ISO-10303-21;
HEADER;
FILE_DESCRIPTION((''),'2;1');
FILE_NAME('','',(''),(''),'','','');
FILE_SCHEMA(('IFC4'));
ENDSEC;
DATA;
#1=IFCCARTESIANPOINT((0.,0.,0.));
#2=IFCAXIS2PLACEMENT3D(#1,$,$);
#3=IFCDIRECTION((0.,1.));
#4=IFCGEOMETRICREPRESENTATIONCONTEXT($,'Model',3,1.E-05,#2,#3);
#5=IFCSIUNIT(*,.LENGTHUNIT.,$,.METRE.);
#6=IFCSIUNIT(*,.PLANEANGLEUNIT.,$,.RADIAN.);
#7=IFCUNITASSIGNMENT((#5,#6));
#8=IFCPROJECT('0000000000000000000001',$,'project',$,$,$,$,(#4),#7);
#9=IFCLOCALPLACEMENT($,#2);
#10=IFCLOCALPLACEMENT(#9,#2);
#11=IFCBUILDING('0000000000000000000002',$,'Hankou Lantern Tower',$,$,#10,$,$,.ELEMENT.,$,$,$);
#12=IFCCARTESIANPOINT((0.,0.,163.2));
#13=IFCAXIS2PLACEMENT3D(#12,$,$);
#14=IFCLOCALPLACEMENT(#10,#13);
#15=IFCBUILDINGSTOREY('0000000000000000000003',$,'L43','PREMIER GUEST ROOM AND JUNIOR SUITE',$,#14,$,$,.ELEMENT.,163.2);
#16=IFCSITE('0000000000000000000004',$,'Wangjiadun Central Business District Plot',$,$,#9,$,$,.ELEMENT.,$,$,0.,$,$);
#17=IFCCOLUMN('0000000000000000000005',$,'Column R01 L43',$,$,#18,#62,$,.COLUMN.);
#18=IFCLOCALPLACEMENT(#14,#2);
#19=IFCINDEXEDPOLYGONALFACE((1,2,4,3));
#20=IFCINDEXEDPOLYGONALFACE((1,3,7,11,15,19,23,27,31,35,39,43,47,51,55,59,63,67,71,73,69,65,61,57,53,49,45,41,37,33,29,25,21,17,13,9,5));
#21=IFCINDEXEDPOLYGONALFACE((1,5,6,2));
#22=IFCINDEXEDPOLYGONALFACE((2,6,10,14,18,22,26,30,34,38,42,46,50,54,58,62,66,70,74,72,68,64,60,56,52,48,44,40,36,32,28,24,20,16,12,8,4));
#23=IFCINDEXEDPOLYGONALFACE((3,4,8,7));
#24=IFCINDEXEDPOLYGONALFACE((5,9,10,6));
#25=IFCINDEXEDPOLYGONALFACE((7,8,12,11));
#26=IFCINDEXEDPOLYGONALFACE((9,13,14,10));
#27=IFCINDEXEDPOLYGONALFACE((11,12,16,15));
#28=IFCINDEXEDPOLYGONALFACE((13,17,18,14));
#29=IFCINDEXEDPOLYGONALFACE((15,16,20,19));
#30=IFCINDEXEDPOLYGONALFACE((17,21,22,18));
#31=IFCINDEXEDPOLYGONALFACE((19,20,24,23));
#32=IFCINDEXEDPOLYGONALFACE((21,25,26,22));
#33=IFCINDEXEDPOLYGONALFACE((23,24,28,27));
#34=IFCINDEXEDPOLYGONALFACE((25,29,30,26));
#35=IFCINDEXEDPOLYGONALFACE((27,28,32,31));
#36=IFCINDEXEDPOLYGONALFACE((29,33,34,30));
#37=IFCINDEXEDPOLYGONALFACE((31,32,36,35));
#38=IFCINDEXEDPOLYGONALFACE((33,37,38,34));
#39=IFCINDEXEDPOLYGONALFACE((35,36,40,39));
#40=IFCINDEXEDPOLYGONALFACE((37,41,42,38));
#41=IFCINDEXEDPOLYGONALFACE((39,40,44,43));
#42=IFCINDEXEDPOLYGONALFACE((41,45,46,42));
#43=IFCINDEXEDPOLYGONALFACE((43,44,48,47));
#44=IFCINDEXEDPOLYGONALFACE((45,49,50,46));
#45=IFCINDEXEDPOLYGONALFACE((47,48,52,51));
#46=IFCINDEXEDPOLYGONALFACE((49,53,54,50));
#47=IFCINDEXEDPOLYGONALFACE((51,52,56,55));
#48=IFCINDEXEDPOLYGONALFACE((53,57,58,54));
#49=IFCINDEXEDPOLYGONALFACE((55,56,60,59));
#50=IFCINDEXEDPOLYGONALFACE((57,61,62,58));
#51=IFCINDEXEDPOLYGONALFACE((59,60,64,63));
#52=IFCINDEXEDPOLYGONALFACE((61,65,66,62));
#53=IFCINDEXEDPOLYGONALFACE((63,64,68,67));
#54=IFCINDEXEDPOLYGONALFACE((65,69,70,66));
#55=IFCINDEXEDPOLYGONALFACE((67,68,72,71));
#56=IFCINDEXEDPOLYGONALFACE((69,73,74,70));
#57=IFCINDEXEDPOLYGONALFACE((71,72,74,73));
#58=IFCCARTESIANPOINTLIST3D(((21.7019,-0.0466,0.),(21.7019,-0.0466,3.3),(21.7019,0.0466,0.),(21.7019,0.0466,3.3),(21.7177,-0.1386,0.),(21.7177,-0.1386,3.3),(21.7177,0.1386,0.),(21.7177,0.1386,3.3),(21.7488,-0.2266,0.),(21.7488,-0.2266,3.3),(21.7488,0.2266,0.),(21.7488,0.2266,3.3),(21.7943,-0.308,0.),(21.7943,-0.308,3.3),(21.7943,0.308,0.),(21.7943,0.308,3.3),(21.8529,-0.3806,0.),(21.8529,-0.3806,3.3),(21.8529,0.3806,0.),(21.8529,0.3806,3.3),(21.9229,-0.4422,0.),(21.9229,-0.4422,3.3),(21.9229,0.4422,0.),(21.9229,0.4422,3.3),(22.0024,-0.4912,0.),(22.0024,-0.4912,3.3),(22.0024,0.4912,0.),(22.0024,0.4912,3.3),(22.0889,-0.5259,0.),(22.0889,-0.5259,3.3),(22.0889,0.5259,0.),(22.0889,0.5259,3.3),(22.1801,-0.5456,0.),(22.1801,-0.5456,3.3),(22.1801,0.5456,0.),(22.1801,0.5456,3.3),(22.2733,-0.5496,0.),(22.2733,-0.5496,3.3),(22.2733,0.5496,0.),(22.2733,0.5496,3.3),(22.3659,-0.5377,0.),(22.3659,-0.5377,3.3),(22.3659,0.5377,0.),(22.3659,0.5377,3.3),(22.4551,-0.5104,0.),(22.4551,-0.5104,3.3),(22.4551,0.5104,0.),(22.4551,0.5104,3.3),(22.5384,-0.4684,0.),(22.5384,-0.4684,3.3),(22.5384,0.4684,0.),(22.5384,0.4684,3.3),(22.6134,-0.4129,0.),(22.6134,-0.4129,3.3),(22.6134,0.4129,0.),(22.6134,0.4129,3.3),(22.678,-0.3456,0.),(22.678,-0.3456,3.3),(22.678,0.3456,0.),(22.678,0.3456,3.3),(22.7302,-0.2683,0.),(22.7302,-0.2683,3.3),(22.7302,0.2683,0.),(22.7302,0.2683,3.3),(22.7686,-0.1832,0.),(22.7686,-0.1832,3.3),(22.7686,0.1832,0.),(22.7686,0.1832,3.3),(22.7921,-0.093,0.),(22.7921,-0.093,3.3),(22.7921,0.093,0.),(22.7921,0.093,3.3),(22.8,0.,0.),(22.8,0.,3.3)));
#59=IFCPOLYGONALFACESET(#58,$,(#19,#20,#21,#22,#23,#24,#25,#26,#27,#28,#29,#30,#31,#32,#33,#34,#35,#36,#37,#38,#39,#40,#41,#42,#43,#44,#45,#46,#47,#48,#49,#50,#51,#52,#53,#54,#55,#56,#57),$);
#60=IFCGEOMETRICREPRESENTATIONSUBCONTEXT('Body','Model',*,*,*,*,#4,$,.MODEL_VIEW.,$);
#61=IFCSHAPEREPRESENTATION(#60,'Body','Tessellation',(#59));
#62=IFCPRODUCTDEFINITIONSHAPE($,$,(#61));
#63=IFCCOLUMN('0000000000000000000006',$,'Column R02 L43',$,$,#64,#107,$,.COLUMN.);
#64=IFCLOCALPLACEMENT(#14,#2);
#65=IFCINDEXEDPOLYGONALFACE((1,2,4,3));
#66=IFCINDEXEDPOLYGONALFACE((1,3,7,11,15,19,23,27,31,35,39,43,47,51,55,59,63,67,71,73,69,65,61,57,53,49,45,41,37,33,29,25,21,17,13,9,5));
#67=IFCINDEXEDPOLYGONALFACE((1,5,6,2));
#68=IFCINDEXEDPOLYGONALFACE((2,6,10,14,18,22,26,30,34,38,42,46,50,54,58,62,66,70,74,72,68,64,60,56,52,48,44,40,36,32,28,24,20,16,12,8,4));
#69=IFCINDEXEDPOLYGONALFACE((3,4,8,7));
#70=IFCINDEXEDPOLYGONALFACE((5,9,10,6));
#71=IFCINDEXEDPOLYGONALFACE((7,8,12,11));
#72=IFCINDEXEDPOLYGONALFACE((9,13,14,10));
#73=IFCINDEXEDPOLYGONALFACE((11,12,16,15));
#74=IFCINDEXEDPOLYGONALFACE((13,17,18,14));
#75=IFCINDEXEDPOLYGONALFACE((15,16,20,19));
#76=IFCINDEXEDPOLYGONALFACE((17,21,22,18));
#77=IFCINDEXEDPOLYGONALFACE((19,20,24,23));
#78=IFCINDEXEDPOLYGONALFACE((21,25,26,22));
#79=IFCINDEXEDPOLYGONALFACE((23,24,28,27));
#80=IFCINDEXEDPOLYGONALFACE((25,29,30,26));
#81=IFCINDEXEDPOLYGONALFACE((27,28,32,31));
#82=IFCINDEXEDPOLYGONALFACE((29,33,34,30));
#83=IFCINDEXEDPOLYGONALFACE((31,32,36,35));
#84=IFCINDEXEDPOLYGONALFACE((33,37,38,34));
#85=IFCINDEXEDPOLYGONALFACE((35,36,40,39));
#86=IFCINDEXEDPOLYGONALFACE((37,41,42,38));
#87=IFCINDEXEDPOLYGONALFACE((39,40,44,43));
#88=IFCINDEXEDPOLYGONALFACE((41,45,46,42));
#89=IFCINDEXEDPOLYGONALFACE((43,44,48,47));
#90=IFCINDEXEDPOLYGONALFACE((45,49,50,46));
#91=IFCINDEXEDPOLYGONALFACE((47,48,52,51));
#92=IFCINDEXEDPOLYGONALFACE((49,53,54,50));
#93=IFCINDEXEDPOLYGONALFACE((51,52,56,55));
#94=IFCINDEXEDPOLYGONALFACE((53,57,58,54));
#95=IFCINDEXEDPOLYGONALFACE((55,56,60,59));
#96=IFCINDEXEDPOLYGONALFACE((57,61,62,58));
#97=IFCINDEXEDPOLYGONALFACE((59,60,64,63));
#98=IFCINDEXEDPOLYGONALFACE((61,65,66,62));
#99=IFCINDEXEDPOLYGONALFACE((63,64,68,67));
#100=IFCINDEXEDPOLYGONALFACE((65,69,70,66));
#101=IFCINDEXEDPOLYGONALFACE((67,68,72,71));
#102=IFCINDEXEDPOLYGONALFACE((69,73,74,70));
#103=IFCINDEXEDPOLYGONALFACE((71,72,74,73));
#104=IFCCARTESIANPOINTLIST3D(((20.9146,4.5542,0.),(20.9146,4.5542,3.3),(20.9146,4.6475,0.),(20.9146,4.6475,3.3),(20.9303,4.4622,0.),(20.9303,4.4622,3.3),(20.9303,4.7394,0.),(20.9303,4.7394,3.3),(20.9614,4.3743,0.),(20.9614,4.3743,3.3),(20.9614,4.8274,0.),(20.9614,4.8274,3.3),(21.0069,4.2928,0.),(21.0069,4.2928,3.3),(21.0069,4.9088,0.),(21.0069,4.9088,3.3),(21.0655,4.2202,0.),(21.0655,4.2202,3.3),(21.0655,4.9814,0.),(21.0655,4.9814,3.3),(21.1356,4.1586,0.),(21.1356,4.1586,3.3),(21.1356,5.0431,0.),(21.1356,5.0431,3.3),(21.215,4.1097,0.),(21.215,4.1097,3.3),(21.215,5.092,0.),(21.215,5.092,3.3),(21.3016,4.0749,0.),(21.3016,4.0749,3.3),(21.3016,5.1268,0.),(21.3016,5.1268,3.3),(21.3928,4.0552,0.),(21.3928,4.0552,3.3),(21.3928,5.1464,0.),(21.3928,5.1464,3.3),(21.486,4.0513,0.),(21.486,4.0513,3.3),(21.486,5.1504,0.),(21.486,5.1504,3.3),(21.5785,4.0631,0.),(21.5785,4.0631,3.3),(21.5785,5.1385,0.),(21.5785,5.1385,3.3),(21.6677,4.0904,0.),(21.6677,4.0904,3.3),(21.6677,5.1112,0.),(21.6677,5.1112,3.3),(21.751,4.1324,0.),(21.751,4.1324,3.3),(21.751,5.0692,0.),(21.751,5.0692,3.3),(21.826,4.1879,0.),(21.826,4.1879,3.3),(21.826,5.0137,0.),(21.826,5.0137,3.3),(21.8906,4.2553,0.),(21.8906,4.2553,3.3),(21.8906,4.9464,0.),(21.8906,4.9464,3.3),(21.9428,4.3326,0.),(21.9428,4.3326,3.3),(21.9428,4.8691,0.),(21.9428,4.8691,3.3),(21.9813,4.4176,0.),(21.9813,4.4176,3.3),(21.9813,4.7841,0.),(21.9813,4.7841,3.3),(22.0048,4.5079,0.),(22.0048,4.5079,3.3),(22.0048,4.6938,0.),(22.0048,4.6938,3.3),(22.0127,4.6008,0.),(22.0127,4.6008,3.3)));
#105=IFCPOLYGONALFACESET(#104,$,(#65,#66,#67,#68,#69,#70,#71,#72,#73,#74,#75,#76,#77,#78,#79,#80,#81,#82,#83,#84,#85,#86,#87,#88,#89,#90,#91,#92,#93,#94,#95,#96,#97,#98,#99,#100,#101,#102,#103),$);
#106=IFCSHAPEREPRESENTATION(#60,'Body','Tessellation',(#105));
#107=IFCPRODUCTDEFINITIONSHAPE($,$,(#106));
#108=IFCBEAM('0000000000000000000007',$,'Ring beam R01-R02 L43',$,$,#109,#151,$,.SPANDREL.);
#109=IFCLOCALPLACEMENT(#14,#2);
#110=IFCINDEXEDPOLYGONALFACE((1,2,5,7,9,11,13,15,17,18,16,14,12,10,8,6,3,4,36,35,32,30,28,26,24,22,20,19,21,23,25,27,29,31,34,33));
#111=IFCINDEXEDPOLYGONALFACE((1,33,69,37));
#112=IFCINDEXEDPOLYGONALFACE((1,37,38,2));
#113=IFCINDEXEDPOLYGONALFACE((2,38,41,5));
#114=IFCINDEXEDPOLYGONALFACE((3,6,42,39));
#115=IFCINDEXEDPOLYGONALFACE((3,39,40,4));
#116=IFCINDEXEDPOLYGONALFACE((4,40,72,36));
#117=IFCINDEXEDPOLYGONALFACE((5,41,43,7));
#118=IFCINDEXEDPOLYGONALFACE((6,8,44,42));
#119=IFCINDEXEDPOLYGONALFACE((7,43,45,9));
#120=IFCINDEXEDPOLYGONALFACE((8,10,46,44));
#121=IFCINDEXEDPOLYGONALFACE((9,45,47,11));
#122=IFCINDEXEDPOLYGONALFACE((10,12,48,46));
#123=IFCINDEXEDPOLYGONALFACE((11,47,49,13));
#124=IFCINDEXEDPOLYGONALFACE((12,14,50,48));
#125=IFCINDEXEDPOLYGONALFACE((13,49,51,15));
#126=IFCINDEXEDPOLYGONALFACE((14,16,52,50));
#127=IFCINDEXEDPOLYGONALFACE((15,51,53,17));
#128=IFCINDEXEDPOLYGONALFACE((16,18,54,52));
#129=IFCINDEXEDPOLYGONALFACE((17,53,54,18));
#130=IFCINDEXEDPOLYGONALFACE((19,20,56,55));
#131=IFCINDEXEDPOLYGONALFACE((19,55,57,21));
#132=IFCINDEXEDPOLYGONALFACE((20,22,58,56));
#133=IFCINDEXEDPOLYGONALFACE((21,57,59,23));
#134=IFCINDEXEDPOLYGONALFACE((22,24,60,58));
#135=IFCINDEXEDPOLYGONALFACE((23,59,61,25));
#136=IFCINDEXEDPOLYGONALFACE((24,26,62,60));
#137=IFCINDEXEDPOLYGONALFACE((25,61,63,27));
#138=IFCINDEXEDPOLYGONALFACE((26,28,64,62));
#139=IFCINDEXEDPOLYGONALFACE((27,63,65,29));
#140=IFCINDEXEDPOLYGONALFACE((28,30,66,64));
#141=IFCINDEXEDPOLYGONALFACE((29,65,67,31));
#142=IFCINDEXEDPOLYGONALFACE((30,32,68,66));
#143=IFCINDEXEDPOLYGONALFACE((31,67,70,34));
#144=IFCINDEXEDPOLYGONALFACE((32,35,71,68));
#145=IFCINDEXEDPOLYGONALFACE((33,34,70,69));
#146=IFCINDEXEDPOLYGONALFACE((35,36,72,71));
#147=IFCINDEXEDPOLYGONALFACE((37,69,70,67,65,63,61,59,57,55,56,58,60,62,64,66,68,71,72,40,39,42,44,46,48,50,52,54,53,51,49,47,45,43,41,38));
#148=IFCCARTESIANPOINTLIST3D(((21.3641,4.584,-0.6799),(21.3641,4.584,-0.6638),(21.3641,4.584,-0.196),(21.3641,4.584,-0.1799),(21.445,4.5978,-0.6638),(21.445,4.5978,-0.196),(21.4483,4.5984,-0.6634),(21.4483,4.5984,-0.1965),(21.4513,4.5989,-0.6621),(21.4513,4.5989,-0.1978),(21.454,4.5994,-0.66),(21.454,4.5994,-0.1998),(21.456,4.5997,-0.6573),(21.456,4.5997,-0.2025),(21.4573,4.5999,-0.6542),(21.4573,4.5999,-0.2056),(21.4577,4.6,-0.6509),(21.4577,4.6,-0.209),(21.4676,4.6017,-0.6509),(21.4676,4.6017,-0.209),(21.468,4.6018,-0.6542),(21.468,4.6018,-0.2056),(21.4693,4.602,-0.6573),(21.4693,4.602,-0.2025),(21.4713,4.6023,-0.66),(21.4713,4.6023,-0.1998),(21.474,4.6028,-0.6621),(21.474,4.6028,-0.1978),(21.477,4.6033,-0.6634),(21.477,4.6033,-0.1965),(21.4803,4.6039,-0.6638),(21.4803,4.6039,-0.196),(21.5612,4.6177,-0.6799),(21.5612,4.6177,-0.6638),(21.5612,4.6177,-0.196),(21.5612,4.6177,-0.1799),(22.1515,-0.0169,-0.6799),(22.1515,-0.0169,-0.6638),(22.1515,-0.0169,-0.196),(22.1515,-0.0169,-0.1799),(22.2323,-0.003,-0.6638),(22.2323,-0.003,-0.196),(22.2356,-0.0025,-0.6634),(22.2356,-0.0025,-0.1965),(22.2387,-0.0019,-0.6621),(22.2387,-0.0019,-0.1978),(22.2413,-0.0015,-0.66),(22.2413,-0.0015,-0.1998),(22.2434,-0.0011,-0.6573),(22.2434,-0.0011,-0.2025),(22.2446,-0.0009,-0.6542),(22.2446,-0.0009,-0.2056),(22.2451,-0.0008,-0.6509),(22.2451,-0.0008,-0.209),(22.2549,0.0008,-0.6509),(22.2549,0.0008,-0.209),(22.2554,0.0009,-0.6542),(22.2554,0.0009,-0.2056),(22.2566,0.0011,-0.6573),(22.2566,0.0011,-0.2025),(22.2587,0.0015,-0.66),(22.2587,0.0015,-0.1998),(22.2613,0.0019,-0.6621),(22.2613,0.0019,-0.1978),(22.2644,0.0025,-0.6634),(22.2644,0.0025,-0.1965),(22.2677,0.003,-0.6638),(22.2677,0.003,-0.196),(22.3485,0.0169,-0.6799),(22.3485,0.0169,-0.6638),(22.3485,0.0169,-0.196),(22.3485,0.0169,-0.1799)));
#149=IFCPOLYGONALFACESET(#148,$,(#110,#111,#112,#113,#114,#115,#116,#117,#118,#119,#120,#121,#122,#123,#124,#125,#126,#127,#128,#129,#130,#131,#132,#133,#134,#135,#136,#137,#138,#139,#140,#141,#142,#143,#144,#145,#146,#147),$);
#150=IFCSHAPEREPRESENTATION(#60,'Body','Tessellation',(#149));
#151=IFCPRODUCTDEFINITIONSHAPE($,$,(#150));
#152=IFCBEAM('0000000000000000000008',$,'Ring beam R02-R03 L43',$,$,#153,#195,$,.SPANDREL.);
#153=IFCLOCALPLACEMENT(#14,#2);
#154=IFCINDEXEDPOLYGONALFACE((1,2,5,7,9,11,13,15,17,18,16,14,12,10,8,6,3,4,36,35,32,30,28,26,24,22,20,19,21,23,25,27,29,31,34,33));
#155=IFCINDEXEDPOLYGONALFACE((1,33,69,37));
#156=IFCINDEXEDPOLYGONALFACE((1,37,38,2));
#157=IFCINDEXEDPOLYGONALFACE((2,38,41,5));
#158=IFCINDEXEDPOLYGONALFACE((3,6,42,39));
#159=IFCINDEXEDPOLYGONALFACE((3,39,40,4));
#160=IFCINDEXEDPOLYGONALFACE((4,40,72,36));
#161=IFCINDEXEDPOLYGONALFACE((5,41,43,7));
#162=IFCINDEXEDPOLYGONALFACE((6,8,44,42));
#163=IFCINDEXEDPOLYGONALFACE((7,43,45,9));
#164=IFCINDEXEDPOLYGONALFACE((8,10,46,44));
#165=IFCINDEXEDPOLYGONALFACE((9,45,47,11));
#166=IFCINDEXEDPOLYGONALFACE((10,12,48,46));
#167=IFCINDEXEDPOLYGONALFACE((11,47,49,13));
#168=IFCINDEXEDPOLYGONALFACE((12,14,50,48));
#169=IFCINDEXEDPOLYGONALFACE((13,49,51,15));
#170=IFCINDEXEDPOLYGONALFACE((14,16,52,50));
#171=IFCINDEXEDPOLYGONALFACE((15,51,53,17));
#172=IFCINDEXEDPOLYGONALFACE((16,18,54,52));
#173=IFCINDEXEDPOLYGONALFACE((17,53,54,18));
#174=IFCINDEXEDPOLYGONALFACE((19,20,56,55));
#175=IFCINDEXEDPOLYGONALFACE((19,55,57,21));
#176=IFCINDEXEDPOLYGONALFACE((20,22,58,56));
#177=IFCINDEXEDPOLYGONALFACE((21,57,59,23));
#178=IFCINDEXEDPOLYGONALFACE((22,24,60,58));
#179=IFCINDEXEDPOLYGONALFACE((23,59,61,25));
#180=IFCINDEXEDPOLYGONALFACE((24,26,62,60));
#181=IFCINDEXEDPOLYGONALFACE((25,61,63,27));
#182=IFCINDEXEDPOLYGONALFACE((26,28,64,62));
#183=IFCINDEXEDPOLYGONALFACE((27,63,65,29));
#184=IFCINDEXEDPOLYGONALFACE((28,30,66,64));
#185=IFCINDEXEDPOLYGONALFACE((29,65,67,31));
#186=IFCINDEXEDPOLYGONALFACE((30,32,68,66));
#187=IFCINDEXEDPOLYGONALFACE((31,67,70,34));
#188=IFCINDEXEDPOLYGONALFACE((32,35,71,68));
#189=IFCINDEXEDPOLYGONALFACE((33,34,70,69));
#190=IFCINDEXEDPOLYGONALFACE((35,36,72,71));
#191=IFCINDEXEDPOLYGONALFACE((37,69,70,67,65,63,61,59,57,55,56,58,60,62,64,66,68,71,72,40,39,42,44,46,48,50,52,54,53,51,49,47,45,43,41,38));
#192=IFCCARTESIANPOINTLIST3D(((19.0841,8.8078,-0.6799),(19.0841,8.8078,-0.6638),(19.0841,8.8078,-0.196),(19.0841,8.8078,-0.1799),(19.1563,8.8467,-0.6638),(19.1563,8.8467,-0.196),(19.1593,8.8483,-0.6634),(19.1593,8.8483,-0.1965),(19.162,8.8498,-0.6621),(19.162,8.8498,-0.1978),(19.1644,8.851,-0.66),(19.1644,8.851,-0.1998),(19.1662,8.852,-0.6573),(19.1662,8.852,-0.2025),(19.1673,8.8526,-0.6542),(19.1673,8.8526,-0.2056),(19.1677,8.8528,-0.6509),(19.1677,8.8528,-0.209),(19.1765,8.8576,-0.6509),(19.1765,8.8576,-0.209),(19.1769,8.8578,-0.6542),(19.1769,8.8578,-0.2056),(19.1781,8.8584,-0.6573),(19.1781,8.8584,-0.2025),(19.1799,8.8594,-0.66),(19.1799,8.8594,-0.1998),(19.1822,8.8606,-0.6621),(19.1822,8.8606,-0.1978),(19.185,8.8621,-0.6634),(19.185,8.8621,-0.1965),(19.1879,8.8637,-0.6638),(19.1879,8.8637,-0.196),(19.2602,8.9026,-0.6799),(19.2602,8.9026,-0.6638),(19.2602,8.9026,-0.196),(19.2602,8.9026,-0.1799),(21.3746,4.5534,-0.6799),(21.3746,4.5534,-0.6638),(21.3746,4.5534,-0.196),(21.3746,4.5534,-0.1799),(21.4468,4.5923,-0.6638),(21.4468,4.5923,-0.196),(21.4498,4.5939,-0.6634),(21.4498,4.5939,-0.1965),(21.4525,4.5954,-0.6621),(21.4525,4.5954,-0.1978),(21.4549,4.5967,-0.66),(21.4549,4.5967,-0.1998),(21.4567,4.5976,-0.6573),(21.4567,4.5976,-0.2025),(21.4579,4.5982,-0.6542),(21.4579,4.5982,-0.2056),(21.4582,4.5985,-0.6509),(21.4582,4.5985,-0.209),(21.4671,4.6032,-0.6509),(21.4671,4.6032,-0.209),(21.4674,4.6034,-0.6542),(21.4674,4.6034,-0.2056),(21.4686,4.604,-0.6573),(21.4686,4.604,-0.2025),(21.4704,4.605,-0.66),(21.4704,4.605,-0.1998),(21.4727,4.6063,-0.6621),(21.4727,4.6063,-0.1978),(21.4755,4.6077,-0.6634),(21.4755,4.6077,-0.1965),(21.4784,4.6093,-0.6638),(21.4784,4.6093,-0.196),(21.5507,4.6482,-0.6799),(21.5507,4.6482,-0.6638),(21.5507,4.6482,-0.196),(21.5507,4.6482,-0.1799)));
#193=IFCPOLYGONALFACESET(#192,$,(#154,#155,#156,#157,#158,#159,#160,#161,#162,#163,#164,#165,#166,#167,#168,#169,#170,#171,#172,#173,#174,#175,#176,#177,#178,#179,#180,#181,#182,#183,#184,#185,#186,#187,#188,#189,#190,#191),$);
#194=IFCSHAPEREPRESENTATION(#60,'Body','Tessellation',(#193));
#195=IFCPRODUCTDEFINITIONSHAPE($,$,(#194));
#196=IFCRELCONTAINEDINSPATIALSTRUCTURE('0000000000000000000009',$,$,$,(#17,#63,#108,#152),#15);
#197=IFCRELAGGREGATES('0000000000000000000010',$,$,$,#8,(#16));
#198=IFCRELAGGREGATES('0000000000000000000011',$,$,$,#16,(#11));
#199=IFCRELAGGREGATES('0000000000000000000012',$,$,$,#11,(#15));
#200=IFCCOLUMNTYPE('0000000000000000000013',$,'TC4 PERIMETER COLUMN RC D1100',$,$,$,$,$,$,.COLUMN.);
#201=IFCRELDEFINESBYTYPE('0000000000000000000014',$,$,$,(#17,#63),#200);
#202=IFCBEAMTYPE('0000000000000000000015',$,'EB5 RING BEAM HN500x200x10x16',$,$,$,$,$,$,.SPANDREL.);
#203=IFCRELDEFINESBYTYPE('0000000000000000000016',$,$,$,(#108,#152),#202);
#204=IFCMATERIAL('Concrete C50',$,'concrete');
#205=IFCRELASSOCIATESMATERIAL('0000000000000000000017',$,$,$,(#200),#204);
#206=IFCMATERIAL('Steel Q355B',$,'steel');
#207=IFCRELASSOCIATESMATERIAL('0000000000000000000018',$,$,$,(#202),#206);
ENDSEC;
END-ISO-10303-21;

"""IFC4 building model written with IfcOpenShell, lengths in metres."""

from ifc_helpers import new_model, si_unit, direction, frame, origin, origin_2d, place, context, subcontext, project, spatial, circle, i_section, extrude, material, material_profile, profile_set, type_object, element, save


model = new_model("IFC4")

# Units and contexts
model_context = context("Model", 3, precision=1e-05, world=origin(), true_north=direction((0.0, 1.0)))
body_context = subcontext(model_context, "Body", "Model", "MODEL_VIEW")
ifc_project = project(units=[si_unit("LENGTHUNIT", "METRE"), si_unit("PLANEANGLEUNIT", "RADIAN")], contexts=[model_context])

# Site, building, storey
site_placement = place(None, origin())
site = spatial("IfcSite", under=ifc_project, at=site_placement, Name="Wangjiadun Central Business District Plot", CompositionType="ELEMENT", RefElevation=0.0)
building_placement = place(site_placement, origin())
building = spatial("IfcBuilding", under=site, at=building_placement, Name="Hankou Lantern Tower", CompositionType="ELEMENT")
storey_placement = place(building_placement, frame((0.0, 0.0, 163.2)))
storey = spatial("IfcBuildingStorey", under=building, at=storey_placement, Name="L43", Description="PREMIER GUEST ROOM AND JUNIOR SUITE", CompositionType="ELEMENT", Elevation=163.2)

# Columns
ifc_material_1 = material(Name="Concrete C50", Category="concrete")
ifc_material_profile_1 = material_profile(ifc_material_1, circle(Radius=0.55, at=origin_2d()), Name="RC D1100")
ifc_profile_set_1 = profile_set([ifc_material_profile_1], Name="Concrete C50")
column_type = type_object("IfcColumnType", Name="TC4 PERIMETER COLUMN RC D1100", PredefinedType="COLUMN", material=ifc_profile_set_1)
for number, where, z_axis, x_axis, name in (
    (1, (22.25, 0.0, 0.0), (0.0, 0.0, 1.0), (1.0, 0.0, 0.0), "Column R01 L43"),
    (2, (21.4626, 4.6008, 0.0), (0.0, 0.0, 1.0), (1.0, 0.0, 0.0), "Column R02 L43"),
):
    element("IfcColumn", number, at=place(storey_placement, frame(where, z_axis=z_axis, x_axis=x_axis)), inside=storey, type_object=column_type, Name=name, PredefinedType="COLUMN", context=body_context, shape_type="SweptSolid", body=[
        extrude(circle(Radius=0.55, at=origin_2d()), origin(), (0.0, 0.0, 1.0), 3.3),
    ])

# Beams
ifc_material_2 = material(Name="Steel Q355B", Category="steel")
ifc_material_profile_2 = material_profile(ifc_material_2, i_section(OverallWidth=0.2, OverallDepth=0.5, WebThickness=0.01, FlangeThickness=0.0161, FilletRadius=0.0129, at=origin_2d()), Name="HN500x200x10x16")
ifc_profile_set_2 = profile_set([ifc_material_profile_2], Name="Steel Q355B")
beam_type_1 = type_object("IfcBeamType", Name="EB5 RING BEAM HN500x200x10x16", PredefinedType="SPANDREL", material=ifc_profile_set_2)
beam_1_placement = place(storey_placement, frame((22.25, 0.0, -0.4299), z_axis=(-0.168681, 0.985671, 0.0), x_axis=(-0.985671, -0.168681, 0.0)))
element("IfcBeam", 3, at=beam_1_placement, inside=storey, type_object=beam_type_1, Name="Ring beam R01-R02 L43", PredefinedType="SPANDREL", context=body_context, shape_type="SweptSolid", body=[
    extrude(i_section(OverallWidth=0.2, OverallDepth=0.5, WebThickness=0.01, FlangeThickness=0.0161, FilletRadius=0.0129, at=origin_2d()), origin(), (0.0, 0.0, 1.0), 4.6677),
])
beam_2_placement = place(storey_placement, frame((21.4626, 4.6008, -0.4299), z_axis=(-0.474052, 0.880497, 0.0), x_axis=(-0.880497, -0.474052, 0.0)))
element("IfcBeam", 4, at=beam_2_placement, inside=storey, type_object=beam_type_1, Name="Ring beam R02-R03 L43", PredefinedType="SPANDREL", context=body_context, shape_type="SweptSolid", body=[
    extrude(i_section(OverallWidth=0.2, OverallDepth=0.5, WebThickness=0.01, FlangeThickness=0.0161, FilletRadius=0.0129, at=origin_2d()), origin(), (0.0, 0.0, 1.0), 4.8318),
])

save(model, "model.ifc")
